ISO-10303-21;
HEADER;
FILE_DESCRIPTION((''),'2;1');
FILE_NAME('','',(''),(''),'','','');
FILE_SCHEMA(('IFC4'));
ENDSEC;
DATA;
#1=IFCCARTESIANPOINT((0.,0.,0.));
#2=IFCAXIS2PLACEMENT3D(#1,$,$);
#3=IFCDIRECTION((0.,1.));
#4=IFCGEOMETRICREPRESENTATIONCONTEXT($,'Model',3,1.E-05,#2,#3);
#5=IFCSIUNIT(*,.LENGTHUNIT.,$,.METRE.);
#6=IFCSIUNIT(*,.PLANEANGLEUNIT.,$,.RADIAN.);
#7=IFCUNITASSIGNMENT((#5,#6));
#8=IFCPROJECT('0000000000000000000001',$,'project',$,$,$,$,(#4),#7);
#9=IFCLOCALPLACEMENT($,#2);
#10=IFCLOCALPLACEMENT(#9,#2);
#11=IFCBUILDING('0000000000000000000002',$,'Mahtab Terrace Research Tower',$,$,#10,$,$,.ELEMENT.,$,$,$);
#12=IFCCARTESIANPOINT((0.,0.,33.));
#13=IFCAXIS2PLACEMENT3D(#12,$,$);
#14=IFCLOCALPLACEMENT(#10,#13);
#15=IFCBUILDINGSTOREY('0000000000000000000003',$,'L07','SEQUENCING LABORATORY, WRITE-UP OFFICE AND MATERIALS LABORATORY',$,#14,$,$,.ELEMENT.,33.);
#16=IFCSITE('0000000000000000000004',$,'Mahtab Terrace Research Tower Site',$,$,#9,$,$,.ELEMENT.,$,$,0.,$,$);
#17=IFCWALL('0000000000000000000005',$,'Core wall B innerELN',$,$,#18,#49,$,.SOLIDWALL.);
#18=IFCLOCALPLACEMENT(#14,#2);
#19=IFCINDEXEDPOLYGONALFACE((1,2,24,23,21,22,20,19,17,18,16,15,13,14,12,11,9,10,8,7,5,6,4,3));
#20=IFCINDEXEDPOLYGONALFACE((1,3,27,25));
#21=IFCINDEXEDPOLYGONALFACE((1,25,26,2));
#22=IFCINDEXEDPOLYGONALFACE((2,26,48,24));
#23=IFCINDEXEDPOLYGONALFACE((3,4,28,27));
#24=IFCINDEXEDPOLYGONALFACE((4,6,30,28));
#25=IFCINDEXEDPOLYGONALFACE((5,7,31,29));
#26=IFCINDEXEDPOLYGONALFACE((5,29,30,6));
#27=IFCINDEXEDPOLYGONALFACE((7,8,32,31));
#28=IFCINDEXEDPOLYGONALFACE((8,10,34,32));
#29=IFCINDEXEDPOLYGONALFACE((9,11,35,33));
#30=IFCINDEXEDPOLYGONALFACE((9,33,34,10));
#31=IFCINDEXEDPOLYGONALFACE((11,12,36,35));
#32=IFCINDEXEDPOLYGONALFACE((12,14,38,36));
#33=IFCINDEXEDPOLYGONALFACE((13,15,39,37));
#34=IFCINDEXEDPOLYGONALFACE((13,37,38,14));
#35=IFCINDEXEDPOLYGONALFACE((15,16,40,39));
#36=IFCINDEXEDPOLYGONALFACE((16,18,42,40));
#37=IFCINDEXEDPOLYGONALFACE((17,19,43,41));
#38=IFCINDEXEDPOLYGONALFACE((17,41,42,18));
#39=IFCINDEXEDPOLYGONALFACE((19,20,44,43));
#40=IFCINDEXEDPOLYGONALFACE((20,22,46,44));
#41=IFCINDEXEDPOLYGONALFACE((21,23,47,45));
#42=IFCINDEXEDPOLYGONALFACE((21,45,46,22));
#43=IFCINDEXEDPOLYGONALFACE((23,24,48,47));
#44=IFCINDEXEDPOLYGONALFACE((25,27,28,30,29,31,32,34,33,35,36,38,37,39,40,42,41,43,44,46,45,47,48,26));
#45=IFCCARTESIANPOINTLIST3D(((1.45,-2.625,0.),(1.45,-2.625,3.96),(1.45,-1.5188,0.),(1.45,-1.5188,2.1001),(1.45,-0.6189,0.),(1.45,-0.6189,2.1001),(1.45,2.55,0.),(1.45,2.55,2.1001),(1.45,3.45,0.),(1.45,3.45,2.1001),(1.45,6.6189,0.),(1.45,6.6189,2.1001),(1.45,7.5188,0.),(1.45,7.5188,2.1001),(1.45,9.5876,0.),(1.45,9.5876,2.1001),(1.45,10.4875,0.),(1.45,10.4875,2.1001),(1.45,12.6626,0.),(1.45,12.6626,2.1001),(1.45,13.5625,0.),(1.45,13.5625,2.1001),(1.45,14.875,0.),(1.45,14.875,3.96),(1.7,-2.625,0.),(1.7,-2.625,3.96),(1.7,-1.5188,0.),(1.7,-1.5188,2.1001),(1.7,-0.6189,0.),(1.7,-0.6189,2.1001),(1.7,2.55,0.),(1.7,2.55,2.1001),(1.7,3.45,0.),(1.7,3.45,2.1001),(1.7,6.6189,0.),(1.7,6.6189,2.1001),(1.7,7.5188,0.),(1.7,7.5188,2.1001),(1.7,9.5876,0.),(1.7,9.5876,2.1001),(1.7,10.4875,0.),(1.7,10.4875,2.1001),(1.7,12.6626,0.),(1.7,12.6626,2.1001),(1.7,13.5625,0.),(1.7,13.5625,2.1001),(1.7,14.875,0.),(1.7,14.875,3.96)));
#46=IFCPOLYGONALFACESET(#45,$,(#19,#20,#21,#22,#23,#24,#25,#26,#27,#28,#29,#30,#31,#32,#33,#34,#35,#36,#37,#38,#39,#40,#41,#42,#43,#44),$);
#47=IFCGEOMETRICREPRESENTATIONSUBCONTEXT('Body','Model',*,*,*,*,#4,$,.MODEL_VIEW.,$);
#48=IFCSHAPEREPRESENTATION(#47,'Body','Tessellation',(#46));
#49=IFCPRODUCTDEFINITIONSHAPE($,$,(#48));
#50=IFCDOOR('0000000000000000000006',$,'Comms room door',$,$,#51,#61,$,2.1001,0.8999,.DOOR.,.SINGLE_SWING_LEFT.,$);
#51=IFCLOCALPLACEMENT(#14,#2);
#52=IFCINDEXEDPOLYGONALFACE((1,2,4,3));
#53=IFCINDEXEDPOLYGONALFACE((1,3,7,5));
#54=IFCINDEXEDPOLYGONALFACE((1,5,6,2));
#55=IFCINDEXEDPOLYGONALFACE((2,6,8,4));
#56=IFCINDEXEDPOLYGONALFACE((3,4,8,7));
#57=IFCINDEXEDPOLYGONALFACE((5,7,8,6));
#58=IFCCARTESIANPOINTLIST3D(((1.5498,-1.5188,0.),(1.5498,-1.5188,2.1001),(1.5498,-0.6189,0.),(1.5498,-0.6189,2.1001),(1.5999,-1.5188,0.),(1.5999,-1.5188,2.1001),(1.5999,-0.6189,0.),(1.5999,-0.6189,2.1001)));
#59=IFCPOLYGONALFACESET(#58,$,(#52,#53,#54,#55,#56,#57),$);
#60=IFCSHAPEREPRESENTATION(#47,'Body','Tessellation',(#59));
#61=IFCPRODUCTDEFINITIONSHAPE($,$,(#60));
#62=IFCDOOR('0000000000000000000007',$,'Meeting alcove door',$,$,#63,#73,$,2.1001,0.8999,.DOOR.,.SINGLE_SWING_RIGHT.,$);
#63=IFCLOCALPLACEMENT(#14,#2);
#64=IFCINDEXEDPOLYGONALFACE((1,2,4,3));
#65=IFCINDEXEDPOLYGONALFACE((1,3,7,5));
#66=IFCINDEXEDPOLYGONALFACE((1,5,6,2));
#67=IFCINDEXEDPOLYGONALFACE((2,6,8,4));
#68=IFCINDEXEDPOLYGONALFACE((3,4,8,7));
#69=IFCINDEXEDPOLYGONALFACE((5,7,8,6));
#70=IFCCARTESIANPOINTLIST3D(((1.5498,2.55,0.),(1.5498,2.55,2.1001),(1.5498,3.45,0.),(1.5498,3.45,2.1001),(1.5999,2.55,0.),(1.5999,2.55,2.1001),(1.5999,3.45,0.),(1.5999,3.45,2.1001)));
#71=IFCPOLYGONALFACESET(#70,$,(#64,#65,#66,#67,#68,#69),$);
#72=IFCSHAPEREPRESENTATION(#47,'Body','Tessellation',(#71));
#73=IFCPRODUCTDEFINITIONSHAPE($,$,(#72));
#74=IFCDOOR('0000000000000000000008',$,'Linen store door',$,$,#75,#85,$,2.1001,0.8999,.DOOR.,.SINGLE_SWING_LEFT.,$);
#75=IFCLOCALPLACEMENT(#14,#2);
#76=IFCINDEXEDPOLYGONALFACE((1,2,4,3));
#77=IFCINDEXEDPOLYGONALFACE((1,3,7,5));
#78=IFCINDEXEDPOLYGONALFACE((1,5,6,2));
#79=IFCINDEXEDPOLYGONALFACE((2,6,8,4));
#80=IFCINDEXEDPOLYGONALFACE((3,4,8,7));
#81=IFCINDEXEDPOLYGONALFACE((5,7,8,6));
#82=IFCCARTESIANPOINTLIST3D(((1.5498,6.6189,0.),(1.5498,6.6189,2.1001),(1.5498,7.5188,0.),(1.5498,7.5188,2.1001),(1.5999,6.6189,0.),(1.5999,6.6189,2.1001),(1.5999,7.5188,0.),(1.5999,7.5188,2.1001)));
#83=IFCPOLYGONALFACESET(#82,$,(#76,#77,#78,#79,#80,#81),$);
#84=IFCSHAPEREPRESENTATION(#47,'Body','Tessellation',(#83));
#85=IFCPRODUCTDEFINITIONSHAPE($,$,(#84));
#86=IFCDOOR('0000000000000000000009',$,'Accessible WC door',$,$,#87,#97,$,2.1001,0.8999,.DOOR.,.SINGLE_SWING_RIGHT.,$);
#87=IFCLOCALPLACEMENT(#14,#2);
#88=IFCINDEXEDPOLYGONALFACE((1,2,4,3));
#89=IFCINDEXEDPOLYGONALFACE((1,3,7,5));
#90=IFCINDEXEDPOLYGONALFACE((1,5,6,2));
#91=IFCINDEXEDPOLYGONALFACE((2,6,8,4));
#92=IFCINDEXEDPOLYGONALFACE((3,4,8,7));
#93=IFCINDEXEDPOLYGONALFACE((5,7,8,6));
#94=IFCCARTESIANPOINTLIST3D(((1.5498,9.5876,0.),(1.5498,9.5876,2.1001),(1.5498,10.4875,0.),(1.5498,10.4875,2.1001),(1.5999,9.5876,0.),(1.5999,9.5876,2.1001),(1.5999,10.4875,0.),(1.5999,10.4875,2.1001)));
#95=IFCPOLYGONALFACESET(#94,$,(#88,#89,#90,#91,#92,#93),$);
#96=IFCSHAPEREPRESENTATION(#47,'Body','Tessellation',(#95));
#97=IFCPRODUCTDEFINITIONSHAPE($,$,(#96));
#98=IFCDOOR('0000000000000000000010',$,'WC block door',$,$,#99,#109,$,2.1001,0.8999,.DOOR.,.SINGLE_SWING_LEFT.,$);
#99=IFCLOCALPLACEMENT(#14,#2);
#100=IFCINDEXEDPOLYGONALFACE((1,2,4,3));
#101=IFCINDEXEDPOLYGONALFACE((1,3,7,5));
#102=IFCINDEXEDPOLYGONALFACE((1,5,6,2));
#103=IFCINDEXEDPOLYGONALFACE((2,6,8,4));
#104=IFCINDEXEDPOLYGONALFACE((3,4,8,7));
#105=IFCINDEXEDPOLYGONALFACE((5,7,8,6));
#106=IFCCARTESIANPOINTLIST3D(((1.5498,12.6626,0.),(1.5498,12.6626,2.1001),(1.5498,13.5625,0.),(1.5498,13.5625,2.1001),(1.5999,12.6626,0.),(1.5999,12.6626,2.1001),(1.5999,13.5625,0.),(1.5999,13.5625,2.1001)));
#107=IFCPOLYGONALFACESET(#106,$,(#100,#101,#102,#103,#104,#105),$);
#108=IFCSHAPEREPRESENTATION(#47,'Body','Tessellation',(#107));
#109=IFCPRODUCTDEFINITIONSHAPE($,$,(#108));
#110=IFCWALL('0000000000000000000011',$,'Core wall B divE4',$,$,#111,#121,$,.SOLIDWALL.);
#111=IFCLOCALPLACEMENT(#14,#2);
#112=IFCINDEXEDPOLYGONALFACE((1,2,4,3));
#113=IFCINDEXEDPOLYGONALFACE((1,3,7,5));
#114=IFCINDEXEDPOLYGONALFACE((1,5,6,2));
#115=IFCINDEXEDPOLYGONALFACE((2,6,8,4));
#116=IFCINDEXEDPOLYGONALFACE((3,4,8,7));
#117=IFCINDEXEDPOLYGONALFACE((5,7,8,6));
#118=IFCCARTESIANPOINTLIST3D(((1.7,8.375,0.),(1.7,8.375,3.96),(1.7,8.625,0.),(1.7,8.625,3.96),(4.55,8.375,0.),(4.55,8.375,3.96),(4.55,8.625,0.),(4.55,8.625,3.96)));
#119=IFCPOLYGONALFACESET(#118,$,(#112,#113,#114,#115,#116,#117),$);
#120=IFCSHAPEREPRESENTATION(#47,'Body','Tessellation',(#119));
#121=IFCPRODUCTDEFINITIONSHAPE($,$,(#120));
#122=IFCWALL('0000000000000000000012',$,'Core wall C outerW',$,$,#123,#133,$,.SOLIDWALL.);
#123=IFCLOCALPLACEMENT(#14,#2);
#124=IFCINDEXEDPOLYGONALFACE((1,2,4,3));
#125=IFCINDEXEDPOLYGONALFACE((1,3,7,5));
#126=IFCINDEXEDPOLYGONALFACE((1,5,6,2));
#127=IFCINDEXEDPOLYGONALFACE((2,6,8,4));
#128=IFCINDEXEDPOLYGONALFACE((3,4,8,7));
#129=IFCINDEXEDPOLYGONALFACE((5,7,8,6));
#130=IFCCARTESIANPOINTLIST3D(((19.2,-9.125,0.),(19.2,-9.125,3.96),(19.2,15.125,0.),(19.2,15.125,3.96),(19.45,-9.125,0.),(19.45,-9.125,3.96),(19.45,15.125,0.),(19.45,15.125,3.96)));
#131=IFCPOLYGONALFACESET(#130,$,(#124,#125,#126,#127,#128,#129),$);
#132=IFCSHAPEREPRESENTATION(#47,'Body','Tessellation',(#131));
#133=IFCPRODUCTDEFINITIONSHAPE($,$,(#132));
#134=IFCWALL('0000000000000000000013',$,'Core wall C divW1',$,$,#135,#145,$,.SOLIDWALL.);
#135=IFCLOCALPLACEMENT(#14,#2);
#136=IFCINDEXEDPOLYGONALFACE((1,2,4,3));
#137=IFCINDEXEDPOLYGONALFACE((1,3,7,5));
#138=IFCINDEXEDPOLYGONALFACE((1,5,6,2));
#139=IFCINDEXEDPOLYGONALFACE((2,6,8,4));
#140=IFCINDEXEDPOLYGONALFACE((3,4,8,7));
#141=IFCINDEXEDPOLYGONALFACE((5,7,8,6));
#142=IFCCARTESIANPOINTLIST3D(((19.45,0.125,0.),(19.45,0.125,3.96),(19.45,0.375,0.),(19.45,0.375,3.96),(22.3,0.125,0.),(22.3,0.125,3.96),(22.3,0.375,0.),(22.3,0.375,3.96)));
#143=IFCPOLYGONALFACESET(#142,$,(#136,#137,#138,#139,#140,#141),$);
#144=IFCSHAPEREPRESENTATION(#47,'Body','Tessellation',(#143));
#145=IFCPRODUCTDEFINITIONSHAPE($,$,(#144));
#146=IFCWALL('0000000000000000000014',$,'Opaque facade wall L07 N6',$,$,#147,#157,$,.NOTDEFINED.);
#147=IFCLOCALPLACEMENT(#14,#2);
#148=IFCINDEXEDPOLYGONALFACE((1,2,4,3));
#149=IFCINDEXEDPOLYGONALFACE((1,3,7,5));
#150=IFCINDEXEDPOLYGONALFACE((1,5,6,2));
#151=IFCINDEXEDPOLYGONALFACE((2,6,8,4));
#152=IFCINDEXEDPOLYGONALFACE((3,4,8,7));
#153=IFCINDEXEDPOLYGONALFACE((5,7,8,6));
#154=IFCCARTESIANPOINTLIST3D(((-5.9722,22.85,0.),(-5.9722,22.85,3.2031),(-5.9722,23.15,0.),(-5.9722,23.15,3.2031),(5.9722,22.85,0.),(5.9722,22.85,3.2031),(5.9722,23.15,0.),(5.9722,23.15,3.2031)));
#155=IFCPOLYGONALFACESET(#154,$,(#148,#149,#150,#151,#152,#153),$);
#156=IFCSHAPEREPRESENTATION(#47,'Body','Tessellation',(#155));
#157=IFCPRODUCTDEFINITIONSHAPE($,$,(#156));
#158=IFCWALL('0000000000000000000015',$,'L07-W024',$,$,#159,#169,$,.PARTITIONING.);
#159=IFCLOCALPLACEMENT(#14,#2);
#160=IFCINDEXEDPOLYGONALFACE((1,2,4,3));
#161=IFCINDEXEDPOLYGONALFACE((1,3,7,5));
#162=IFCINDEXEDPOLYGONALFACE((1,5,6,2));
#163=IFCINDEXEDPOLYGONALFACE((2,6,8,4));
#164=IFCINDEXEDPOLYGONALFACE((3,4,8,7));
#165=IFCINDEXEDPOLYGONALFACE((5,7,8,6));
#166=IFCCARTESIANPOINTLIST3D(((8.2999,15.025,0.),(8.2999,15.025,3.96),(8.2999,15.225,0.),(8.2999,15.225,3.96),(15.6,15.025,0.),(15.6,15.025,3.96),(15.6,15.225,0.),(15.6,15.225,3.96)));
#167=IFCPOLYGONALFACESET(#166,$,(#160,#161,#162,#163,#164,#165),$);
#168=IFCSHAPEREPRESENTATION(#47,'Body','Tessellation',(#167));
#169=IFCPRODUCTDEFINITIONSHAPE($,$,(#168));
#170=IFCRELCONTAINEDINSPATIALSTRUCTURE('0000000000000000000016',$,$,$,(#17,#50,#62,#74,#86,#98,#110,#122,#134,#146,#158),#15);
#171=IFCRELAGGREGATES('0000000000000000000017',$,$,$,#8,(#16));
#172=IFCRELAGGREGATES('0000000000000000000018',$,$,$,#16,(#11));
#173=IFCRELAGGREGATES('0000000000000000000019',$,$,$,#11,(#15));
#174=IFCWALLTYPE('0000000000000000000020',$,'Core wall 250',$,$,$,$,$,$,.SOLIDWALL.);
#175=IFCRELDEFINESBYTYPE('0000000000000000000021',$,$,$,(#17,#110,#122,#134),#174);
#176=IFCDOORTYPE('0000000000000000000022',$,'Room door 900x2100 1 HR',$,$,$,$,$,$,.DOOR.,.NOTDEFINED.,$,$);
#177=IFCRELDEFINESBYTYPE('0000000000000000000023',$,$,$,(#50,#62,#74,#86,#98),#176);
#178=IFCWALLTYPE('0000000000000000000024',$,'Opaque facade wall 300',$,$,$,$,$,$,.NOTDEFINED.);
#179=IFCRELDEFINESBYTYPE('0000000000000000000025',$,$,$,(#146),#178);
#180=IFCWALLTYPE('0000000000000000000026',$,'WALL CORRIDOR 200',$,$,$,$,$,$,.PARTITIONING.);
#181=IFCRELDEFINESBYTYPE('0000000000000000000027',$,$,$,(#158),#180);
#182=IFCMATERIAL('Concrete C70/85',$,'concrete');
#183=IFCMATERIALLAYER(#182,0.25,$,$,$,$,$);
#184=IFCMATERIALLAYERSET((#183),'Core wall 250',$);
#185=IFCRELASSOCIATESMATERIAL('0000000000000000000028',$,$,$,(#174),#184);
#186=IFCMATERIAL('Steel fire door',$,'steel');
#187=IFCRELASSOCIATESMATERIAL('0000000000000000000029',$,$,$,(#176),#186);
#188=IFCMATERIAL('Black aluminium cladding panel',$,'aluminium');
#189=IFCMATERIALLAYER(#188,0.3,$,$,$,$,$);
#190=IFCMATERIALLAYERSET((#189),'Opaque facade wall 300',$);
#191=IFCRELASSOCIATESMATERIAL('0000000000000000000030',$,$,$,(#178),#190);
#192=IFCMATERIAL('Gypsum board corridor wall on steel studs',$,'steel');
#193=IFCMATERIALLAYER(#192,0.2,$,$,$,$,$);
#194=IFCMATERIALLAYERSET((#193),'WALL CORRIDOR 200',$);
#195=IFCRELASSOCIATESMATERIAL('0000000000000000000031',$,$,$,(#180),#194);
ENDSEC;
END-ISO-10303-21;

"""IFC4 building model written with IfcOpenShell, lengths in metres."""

from ifc_helpers import new_model, si_unit, direction, frame, frame_2d, origin, place, context, subcontext, project, spatial, rectangle, extrude, material, layer, layer_set, type_object, element, fill, save


model = new_model("IFC4")

# Units and contexts
model_context = context("Model", 3, precision=1e-05, world=origin(), true_north=direction((0.0, 1.0)))
body_context = subcontext(model_context, "Body", "Model", "MODEL_VIEW")
ifc_project = project(units=[si_unit("LENGTHUNIT", "METRE"), si_unit("PLANEANGLEUNIT", "RADIAN")], contexts=[model_context])

# Site, building, storey
site_placement = place(None, origin())
site = spatial("IfcSite", under=ifc_project, at=site_placement, Name="Mahtab Terrace Research Tower Site", CompositionType="ELEMENT", RefElevation=0.0)
building_placement = place(site_placement, origin())
building = spatial("IfcBuilding", under=site, at=building_placement, Name="Mahtab Terrace Research Tower", CompositionType="ELEMENT")
storey_placement = place(building_placement, frame((0.0, 0.0, 33.0)))
storey = spatial("IfcBuildingStorey", under=building, at=storey_placement, Name="L07", Description="SEQUENCING LABORATORY, WRITE-UP OFFICE AND MATERIALS LABORATORY", CompositionType="ELEMENT", Elevation=33.0)

# Shared definitions
ifc_material_1 = material(Name="Concrete C70/85", Category="concrete")

# Wall, openings, doors
ifc_layer_1 = layer(ifc_material_1, 0.25)
ifc_layer_set_1 = layer_set([ifc_layer_1], Name="Core wall 250")
wall_type_1 = type_object("IfcWallType", Name="Core wall 250", PredefinedType="SOLIDWALL", material=ifc_layer_set_1)
wall_1_placement = place(storey_placement, frame((1.575, 14.875, 0.0), z_axis=(0.0, 0.0, 1.0), x_axis=(0.0, -1.0, 0.0)))
wall_1 = element("IfcWall", 1, at=wall_1_placement, inside=storey, type_object=wall_type_1, Name="Core wall B innerELN", PredefinedType="SOLIDWALL", context=body_context, shape_type="SweptSolid", body=[
    extrude(rectangle(XDim=17.5, YDim=0.25, at=frame_2d((8.75, 0.0))), origin(), (0.0, 0.0, 1.0), 3.96),
])
opening_1_placement = place(wall_1_placement, frame((15.4939, 0.0, 0.0)))
opening_1 = element("IfcOpeningElement", 2, at=opening_1_placement, cuts=wall_1, PredefinedType="OPENING", context=body_context, shape_type="SweptSolid", body=[
    extrude(rectangle(XDim=0.8999, YDim=2.1001, at=frame_2d((0.45, 1.05))), frame((0.0, 0.135, 0.0), z_axis=(0.0, -1.0, 0.0), x_axis=(1.0, 0.0, 0.0)), (0.0, 0.0, 1.0), 0.27),
])
opening_2_placement = place(wall_1_placement, frame((11.425, 0.0, 0.0)))
opening_2 = element("IfcOpeningElement", 3, at=opening_2_placement, cuts=wall_1, PredefinedType="OPENING", context=body_context, shape_type="SweptSolid", body=[
    extrude(rectangle(XDim=0.8999, YDim=2.1001, at=frame_2d((0.45, 1.05))), frame((0.0, 0.135, 0.0), z_axis=(0.0, -1.0, 0.0), x_axis=(1.0, 0.0, 0.0)), (0.0, 0.0, 1.0), 0.27),
])
opening_3_placement = place(wall_1_placement, frame((7.3562, 0.0, 0.0)))
opening_3 = element("IfcOpeningElement", 4, at=opening_3_placement, cuts=wall_1, PredefinedType="OPENING", context=body_context, shape_type="SweptSolid", body=[
    extrude(rectangle(XDim=0.8999, YDim=2.1001, at=frame_2d((0.45, 1.05))), frame((0.0, 0.135, 0.0), z_axis=(0.0, -1.0, 0.0), x_axis=(1.0, 0.0, 0.0)), (0.0, 0.0, 1.0), 0.27),
])
opening_4_placement = place(wall_1_placement, frame((4.3875, 0.0, 0.0)))
opening_4 = element("IfcOpeningElement", 5, at=opening_4_placement, cuts=wall_1, PredefinedType="OPENING", context=body_context, shape_type="SweptSolid", body=[
    extrude(rectangle(XDim=0.8999, YDim=2.1001, at=frame_2d((0.45, 1.05))), frame((0.0, 0.135, 0.0), z_axis=(0.0, -1.0, 0.0), x_axis=(1.0, 0.0, 0.0)), (0.0, 0.0, 1.0), 0.27),
])
opening_5_placement = place(wall_1_placement, frame((1.3125, 0.0, 0.0)))
opening_5 = element("IfcOpeningElement", 6, at=opening_5_placement, cuts=wall_1, PredefinedType="OPENING", context=body_context, shape_type="SweptSolid", body=[
    extrude(rectangle(XDim=0.8999, YDim=2.1001, at=frame_2d((0.45, 1.05))), frame((0.0, 0.135, 0.0), z_axis=(0.0, -1.0, 0.0), x_axis=(1.0, 0.0, 0.0)), (0.0, 0.0, 1.0), 0.27),
])
ifc_material_2 = material(Name="Steel fire door", Category="steel")
door_type = type_object("IfcDoorType", Name="Room door 900x2100 1 HR", OperationType="NOTDEFINED", PredefinedType="DOOR", material=ifc_material_2)
door_1_placement = place(opening_1_placement, origin())
door_1 = element("IfcDoor", 7, at=door_1_placement, inside=storey, type_object=door_type, Name="Comms room door", OperationType="SINGLE_SWING_LEFT", OverallHeight=2.1001, OverallWidth=0.8999, PredefinedType="DOOR", context=body_context, shape_type="SweptSolid", body=[
    extrude(rectangle(XDim=0.8999, YDim=2.1001, at=frame_2d((0.45, 1.05))), frame((0.0, 0.0249, 0.0), z_axis=(0.0, -1.0, 0.0), x_axis=(1.0, 0.0, 0.0)), (0.0, 0.0, 1.0), 0.05),
])
fill(opening_1, door_1)
door_2_placement = place(opening_2_placement, origin())
door_2 = element("IfcDoor", 8, at=door_2_placement, inside=storey, type_object=door_type, Name="Meeting alcove door", OperationType="SINGLE_SWING_RIGHT", OverallHeight=2.1001, OverallWidth=0.8999, PredefinedType="DOOR", context=body_context, shape_type="SweptSolid", body=[
    extrude(rectangle(XDim=0.8999, YDim=2.1001, at=frame_2d((0.45, 1.05))), frame((0.0, 0.0249, 0.0), z_axis=(0.0, -1.0, 0.0), x_axis=(1.0, 0.0, 0.0)), (0.0, 0.0, 1.0), 0.05),
])
fill(opening_2, door_2)
door_3_placement = place(opening_3_placement, origin())
door_3 = element("IfcDoor", 9, at=door_3_placement, inside=storey, type_object=door_type, Name="Linen store door", OperationType="SINGLE_SWING_LEFT", OverallHeight=2.1001, OverallWidth=0.8999, PredefinedType="DOOR", context=body_context, shape_type="SweptSolid", body=[
    extrude(rectangle(XDim=0.8999, YDim=2.1001, at=frame_2d((0.45, 1.05))), frame((0.0, 0.0249, 0.0), z_axis=(0.0, -1.0, 0.0), x_axis=(1.0, 0.0, 0.0)), (0.0, 0.0, 1.0), 0.05),
])
fill(opening_3, door_3)
door_4_placement = place(opening_4_placement, origin())
door_4 = element("IfcDoor", 10, at=door_4_placement, inside=storey, type_object=door_type, Name="Accessible WC door", OperationType="SINGLE_SWING_RIGHT", OverallHeight=2.1001, OverallWidth=0.8999, PredefinedType="DOOR", context=body_context, shape_type="SweptSolid", body=[
    extrude(rectangle(XDim=0.8999, YDim=2.1001, at=frame_2d((0.45, 1.05))), frame((0.0, 0.0249, 0.0), z_axis=(0.0, -1.0, 0.0), x_axis=(1.0, 0.0, 0.0)), (0.0, 0.0, 1.0), 0.05),
])
fill(opening_4, door_4)
door_5_placement = place(opening_5_placement, origin())
door_5 = element("IfcDoor", 11, at=door_5_placement, inside=storey, type_object=door_type, Name="WC block door", OperationType="SINGLE_SWING_LEFT", OverallHeight=2.1001, OverallWidth=0.8999, PredefinedType="DOOR", context=body_context, shape_type="SweptSolid", body=[
    extrude(rectangle(XDim=0.8999, YDim=2.1001, at=frame_2d((0.45, 1.05))), frame((0.0, 0.0249, 0.0), z_axis=(0.0, -1.0, 0.0), x_axis=(1.0, 0.0, 0.0)), (0.0, 0.0, 1.0), 0.05),
])
fill(opening_5, door_5)

# Walls
wall_2_placement = place(storey_placement, frame((1.7, 8.5, 0.0), z_axis=(0.0, 0.0, 1.0), x_axis=(1.0, 0.0, 0.0)))
element("IfcWall", 12, at=wall_2_placement, inside=storey, type_object=wall_type_1, Name="Core wall B divE4", PredefinedType="SOLIDWALL", context=body_context, shape_type="SweptSolid", body=[
    extrude(rectangle(XDim=2.8501, YDim=0.25, at=frame_2d((1.425, 0.0))), origin(), (0.0, 0.0, 1.0), 3.96),
])
wall_3_placement = place(storey_placement, frame((19.325, 15.125, 0.0), z_axis=(0.0, 0.0, 1.0), x_axis=(0.0, -1.0, 0.0)))
element("IfcWall", 13, at=wall_3_placement, inside=storey, type_object=wall_type_1, Name="Core wall C outerW", PredefinedType="SOLIDWALL", context=body_context, shape_type="SweptSolid", body=[
    extrude(rectangle(XDim=24.25, YDim=0.25, at=frame_2d((12.125, 0.0))), origin(), (0.0, 0.0, 1.0), 3.96),
])
wall_4_placement = place(storey_placement, frame((19.45, 0.25, 0.0), z_axis=(0.0, 0.0, 1.0), x_axis=(1.0, 0.0, 0.0)))
element("IfcWall", 14, at=wall_4_placement, inside=storey, type_object=wall_type_1, Name="Core wall C divW1", PredefinedType="SOLIDWALL", context=body_context, shape_type="SweptSolid", body=[
    extrude(rectangle(XDim=2.8501, YDim=0.25, at=frame_2d((1.425, 0.0))), origin(), (0.0, 0.0, 1.0), 3.96),
])
ifc_material_3 = material(Name="Black aluminium cladding panel", Category="aluminium")
ifc_layer_2 = layer(ifc_material_3, 0.3)
ifc_layer_set_2 = layer_set([ifc_layer_2], Name="Opaque facade wall 300")
wall_type_2 = type_object("IfcWallType", Name="Opaque facade wall 300", PredefinedType="NOTDEFINED", material=ifc_layer_set_2)
wall_5_placement = place(storey_placement, frame((5.9722, 23.0, 0.0), z_axis=(0.0, 0.0, 1.0), x_axis=(-1.0, 0.0, 0.0)))
element("IfcWall", 15, at=wall_5_placement, inside=storey, type_object=wall_type_2, Name="Opaque facade wall L07 N6", PredefinedType="NOTDEFINED", context=body_context, shape_type="SweptSolid", body=[
    extrude(rectangle(XDim=11.9443, YDim=0.3, at=frame_2d((5.9722, 0.0))), origin(), (0.0, 0.0, 1.0), 3.2031),
])
ifc_material_4 = material(Name="Gypsum board corridor wall on steel studs", Category="steel")
ifc_layer_3 = layer(ifc_material_4, 0.2)
ifc_layer_set_3 = layer_set([ifc_layer_3], Name="WALL CORRIDOR 200")
wall_type_3 = type_object("IfcWallType", Name="WALL CORRIDOR 200", PredefinedType="PARTITIONING", material=ifc_layer_set_3)
wall_6_placement = place(storey_placement, frame((8.3, 15.125, 0.0), z_axis=(0.0, 0.0, 1.0), x_axis=(1.0, 0.0, 0.0)))
element("IfcWall", 16, at=wall_6_placement, inside=storey, type_object=wall_type_3, Name="L07-W024", PredefinedType="PARTITIONING", context=body_context, shape_type="SweptSolid", body=[
    extrude(rectangle(XDim=7.3, YDim=0.2, at=frame_2d((3.6499, 0.0))), origin(), (0.0, 0.0, 1.0), 3.96),
])

save(model, "model.ifc")
